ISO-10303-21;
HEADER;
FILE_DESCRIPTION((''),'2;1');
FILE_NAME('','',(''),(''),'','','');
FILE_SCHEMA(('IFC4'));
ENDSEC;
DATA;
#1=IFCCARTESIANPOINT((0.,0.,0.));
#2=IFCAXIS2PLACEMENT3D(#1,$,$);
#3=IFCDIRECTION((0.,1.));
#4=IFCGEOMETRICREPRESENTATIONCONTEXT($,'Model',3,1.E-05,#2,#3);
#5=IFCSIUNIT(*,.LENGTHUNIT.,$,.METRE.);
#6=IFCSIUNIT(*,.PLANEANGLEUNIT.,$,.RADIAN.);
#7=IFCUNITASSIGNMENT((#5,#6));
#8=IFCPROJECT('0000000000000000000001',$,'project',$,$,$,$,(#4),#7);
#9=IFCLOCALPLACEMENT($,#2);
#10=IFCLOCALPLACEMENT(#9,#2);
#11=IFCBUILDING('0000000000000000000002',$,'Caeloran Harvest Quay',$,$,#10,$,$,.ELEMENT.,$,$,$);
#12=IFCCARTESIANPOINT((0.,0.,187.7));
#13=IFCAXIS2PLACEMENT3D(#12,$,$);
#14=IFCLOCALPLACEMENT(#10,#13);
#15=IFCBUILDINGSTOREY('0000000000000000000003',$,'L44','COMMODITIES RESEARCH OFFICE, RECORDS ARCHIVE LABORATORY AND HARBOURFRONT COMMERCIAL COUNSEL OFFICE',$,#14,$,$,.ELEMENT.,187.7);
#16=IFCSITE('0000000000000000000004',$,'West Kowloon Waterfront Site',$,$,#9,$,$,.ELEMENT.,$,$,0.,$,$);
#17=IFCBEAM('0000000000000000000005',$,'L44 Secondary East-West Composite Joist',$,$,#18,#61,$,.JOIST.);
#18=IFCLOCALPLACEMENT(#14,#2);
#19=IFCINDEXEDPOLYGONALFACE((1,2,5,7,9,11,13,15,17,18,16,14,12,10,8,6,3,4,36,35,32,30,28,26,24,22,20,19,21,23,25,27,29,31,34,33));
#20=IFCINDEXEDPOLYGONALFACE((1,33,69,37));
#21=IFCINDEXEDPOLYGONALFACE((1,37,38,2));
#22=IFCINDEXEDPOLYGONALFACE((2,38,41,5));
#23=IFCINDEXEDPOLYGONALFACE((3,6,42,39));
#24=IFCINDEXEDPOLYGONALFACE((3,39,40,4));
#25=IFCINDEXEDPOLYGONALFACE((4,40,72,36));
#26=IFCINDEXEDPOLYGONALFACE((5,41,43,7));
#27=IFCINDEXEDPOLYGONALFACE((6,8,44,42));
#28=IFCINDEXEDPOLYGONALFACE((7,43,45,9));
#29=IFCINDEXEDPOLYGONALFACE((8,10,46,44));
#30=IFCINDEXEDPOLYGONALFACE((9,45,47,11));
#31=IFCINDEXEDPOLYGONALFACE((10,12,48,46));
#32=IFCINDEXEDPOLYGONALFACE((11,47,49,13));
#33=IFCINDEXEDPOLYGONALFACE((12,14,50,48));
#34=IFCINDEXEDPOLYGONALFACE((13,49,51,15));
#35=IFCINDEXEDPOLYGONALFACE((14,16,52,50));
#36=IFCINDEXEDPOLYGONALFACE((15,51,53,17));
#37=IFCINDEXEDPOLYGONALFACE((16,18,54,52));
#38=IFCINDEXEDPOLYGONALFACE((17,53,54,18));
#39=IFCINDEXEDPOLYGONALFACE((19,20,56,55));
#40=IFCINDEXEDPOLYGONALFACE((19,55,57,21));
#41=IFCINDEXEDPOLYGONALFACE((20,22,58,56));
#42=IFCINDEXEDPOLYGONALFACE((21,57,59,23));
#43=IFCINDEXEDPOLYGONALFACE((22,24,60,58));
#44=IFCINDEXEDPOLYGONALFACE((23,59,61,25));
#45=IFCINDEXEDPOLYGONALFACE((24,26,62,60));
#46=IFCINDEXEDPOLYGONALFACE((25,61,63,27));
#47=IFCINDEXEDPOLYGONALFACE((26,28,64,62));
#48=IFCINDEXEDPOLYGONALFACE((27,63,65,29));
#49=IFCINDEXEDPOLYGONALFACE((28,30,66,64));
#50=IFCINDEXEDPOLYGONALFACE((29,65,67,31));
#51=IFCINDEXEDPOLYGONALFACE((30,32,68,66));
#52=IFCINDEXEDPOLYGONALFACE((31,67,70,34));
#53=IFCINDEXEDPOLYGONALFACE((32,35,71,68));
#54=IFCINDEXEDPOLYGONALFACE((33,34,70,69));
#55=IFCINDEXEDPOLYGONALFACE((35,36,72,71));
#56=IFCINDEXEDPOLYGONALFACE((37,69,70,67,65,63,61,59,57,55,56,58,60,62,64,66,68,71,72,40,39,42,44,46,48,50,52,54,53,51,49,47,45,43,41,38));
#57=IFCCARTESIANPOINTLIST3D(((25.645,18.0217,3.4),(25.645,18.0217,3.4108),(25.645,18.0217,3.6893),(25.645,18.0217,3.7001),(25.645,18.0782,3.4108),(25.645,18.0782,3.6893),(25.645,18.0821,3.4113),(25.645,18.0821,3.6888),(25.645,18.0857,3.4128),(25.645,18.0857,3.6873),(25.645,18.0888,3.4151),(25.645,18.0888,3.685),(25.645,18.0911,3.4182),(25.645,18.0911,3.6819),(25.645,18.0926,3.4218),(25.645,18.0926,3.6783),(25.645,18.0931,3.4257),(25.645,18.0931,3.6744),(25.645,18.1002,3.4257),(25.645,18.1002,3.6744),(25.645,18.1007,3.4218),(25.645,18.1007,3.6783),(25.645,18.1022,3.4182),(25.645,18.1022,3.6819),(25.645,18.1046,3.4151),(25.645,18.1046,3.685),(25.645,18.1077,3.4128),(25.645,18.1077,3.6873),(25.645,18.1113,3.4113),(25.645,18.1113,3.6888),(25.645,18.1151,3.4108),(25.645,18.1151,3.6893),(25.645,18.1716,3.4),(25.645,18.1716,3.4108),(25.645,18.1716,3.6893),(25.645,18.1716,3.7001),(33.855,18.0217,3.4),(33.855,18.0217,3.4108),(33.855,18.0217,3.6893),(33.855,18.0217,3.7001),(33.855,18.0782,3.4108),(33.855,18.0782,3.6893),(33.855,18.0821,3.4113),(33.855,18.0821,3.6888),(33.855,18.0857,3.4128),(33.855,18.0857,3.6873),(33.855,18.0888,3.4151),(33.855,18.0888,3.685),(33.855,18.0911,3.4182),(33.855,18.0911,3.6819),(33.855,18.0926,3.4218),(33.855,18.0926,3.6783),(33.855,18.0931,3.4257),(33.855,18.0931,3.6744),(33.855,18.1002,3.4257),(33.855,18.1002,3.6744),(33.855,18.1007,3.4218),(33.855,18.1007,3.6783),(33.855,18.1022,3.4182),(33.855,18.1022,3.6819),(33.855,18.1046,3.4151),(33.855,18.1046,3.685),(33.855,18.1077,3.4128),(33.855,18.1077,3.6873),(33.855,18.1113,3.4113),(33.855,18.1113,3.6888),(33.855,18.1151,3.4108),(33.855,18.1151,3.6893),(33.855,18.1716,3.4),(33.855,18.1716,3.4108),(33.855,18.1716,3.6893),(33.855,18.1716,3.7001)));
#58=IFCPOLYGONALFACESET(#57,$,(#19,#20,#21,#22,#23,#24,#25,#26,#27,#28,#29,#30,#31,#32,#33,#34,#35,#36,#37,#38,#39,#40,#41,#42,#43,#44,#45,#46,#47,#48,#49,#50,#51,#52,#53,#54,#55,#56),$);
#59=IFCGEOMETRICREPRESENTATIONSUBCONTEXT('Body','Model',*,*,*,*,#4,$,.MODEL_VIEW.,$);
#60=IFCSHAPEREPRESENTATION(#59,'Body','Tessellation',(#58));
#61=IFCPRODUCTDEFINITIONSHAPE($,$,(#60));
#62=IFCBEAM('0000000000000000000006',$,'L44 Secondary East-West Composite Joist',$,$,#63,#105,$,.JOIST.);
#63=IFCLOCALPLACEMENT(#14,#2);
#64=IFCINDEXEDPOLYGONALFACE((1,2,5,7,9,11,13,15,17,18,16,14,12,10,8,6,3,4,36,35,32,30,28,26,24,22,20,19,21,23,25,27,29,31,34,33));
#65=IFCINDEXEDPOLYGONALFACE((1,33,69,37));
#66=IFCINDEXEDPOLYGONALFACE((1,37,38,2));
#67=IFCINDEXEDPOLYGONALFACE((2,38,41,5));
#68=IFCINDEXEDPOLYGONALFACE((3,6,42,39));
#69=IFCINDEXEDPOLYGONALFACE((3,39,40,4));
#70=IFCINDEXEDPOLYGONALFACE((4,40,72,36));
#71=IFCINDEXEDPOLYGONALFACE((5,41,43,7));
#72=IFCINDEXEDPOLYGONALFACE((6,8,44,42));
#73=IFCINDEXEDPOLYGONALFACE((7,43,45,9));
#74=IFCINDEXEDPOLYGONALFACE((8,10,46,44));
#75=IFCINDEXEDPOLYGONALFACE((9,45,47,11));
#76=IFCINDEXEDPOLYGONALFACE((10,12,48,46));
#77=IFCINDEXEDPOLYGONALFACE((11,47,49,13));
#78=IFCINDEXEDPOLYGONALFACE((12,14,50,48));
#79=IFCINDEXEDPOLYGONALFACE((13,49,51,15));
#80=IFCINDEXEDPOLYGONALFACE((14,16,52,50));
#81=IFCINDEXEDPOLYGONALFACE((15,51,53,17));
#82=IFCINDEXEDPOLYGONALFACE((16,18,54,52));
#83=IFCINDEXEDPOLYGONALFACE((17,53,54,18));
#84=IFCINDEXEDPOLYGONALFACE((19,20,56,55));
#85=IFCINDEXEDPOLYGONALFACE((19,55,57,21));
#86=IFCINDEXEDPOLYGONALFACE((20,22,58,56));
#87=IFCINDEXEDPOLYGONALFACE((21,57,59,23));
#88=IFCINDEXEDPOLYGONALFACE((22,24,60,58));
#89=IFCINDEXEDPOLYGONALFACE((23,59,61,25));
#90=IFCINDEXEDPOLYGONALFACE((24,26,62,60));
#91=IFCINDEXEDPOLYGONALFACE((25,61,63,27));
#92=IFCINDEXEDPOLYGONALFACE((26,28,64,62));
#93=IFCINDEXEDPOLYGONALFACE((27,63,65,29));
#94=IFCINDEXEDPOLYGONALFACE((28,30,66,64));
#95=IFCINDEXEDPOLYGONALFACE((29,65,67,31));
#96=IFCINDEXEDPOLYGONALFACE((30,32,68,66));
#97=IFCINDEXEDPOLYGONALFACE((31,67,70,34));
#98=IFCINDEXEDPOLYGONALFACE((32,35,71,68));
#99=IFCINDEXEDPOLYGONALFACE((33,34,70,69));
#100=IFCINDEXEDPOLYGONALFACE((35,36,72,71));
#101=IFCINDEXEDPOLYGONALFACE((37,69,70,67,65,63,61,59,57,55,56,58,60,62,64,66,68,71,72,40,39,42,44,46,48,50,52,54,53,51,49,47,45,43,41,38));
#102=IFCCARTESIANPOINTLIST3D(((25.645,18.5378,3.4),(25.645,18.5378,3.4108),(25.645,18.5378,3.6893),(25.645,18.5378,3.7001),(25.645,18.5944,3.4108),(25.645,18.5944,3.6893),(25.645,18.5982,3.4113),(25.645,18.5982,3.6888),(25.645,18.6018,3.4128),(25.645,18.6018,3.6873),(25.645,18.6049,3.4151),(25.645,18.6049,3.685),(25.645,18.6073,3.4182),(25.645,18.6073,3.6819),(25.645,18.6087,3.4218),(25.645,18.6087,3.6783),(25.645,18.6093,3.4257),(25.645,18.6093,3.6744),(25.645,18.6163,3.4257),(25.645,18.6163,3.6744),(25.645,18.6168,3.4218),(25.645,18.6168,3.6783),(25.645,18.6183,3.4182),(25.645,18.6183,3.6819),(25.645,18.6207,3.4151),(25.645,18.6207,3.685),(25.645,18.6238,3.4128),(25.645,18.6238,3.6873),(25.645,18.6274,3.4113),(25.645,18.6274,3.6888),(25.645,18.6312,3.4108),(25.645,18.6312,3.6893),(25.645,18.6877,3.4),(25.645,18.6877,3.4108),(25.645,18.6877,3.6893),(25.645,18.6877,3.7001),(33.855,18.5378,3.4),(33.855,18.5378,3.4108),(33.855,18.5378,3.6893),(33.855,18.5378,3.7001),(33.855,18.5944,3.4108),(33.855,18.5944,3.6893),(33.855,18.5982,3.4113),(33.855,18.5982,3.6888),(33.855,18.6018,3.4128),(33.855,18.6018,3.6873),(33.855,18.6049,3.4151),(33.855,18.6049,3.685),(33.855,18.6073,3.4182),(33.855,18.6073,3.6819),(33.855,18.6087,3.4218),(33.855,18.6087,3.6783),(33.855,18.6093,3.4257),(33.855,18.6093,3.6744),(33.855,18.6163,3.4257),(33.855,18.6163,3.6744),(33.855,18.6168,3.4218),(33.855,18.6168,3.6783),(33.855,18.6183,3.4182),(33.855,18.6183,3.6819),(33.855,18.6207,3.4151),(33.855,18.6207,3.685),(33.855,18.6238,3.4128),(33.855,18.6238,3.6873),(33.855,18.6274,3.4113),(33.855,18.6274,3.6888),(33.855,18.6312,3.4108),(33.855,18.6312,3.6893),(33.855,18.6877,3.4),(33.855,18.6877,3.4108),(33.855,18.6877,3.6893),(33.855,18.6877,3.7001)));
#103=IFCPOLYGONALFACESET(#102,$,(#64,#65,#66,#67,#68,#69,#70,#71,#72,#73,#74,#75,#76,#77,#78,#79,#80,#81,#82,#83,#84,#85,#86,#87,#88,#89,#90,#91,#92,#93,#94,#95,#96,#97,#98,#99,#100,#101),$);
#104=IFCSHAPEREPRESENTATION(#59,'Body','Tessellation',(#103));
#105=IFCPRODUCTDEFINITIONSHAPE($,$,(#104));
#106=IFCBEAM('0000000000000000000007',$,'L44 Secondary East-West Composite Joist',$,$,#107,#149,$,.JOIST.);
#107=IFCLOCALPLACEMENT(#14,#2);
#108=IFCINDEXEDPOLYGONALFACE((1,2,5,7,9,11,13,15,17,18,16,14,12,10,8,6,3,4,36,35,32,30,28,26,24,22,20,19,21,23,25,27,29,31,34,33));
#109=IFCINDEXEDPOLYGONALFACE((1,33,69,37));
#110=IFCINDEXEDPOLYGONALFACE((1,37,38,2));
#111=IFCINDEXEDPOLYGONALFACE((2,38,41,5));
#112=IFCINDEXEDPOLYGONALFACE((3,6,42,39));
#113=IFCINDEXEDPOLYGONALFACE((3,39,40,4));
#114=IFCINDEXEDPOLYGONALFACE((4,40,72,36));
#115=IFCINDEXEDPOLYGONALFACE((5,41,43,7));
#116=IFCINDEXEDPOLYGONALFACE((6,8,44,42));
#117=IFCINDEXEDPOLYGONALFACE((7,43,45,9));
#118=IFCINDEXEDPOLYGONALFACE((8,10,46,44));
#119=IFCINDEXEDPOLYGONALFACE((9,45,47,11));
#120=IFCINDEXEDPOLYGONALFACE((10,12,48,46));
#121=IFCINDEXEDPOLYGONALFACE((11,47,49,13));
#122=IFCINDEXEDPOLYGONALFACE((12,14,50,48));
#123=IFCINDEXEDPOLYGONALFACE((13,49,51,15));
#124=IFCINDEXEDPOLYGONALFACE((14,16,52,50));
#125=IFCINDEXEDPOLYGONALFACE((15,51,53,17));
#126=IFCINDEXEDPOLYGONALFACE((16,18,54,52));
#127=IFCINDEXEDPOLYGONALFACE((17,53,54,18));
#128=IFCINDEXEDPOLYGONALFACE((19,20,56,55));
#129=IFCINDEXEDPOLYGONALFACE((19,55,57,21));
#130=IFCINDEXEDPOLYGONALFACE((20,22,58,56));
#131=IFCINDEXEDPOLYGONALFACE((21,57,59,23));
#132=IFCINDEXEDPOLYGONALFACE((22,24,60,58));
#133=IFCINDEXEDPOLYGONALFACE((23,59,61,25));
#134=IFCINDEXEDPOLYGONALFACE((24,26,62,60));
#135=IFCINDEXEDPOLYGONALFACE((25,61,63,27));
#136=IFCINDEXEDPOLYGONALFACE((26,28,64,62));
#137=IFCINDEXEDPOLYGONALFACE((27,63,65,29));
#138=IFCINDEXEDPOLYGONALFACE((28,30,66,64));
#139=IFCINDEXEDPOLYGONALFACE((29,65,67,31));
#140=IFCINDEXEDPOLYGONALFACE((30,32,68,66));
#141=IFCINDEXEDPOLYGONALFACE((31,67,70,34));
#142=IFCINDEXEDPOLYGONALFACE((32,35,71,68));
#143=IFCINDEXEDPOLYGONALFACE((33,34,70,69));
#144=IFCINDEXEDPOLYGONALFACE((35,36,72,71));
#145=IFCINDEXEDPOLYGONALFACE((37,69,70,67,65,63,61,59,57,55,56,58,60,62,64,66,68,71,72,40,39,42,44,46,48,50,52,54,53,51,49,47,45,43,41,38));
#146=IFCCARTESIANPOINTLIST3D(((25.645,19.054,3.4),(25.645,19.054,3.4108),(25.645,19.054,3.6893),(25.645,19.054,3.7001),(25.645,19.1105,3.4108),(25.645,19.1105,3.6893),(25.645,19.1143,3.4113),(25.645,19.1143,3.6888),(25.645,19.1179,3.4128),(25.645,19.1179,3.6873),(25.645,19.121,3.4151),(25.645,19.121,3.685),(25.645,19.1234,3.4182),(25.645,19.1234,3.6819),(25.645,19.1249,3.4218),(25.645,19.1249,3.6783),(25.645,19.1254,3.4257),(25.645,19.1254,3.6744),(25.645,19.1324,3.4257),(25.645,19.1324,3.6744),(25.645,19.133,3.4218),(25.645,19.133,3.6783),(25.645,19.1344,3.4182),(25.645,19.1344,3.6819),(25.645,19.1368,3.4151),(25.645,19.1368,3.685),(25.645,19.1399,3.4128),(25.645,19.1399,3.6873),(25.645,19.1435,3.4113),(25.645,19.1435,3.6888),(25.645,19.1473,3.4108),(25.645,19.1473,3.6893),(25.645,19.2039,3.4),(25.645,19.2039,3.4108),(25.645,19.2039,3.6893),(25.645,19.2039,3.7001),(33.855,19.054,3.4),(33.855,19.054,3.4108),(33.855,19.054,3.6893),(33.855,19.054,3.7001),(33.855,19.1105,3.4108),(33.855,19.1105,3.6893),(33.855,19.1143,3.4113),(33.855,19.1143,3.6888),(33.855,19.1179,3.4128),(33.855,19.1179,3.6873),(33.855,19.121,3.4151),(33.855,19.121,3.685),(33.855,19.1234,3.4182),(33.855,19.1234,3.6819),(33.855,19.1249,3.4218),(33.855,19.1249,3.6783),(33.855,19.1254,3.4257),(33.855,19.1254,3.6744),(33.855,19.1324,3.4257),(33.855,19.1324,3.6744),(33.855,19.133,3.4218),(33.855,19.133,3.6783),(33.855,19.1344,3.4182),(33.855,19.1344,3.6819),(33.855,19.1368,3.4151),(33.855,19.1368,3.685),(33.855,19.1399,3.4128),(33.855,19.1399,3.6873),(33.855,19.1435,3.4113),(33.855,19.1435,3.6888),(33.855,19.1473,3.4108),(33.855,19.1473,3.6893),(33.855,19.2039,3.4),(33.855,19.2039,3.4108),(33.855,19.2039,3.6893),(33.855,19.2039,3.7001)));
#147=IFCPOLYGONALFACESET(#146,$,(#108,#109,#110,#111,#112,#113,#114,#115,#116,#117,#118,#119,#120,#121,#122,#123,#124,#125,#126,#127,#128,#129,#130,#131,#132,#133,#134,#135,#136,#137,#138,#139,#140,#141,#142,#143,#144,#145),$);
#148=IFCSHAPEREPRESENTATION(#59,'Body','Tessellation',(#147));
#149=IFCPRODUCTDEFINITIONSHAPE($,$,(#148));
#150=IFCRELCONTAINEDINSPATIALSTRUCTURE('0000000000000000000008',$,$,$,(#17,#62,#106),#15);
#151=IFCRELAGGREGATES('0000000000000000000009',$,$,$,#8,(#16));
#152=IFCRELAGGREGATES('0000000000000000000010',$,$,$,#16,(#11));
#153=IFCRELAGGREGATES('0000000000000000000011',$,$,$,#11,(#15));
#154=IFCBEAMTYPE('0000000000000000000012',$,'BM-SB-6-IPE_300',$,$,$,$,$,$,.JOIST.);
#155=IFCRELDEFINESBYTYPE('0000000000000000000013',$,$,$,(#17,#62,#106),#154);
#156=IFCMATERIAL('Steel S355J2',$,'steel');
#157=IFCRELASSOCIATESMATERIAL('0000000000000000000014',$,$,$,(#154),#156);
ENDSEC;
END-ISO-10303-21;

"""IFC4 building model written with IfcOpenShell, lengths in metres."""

from ifc_helpers import new_model, si_unit, direction, frame, origin, origin_2d, place, context, subcontext, project, spatial, i_section, extrude, material, material_profile, profile_set, type_object, element, save


model = new_model("IFC4")

# Units and contexts
model_context = context("Model", 3, precision=1e-05, world=origin(), true_north=direction((0.0, 1.0)))
body_context = subcontext(model_context, "Body", "Model", "MODEL_VIEW")
ifc_project = project(units=[si_unit("LENGTHUNIT", "METRE"), si_unit("PLANEANGLEUNIT", "RADIAN")], contexts=[model_context])

# Site, building, storey
site_placement = place(None, origin())
site = spatial("IfcSite", under=ifc_project, at=site_placement, Name="West Kowloon Waterfront Site", CompositionType="ELEMENT", RefElevation=0.0)
building_placement = place(site_placement, origin())
building = spatial("IfcBuilding", under=site, at=building_placement, Name="Caeloran Harvest Quay", CompositionType="ELEMENT")
storey_placement = place(building_placement, frame((0.0, 0.0, 187.7)))
storey = spatial("IfcBuildingStorey", under=building, at=storey_placement, Name="L44", Description="COMMODITIES RESEARCH OFFICE, RECORDS ARCHIVE LABORATORY AND HARBOURFRONT COMMERCIAL COUNSEL OFFICE", CompositionType="ELEMENT", Elevation=187.7)

# Beams
ifc_material_1 = material(Name="Steel S355J2", Category="steel")
ifc_material_profile_1 = material_profile(ifc_material_1, i_section(OverallWidth=0.1499, OverallDepth=0.3, WebThickness=0.0071, FlangeThickness=0.0107, FilletRadius=0.0149, at=origin_2d()), Name="IPE 300")
ifc_profile_set_1 = profile_set([ifc_material_profile_1], Name="Steel S355J2")
beam_type_1 = type_object("IfcBeamType", Name="BM-SB-6-IPE_300", PredefinedType="JOIST", material=ifc_profile_set_1)
for number, where, z_axis, x_axis, name in (
    (1, (25.645, 18.0967, 3.55), (1.0, 0.0, 0.0), (0.0, 1.0, 0.0), "L44 Secondary East-West Composite Joist"),
    (2, (25.645, 18.6128, 3.55), (1.0, 0.0, 0.0), (0.0, 1.0, 0.0), "L44 Secondary East-West Composite Joist"),
    (3, (25.645, 19.1289, 3.55), (1.0, 0.0, 0.0), (0.0, 1.0, 0.0), "L44 Secondary East-West Composite Joist"),
):
    element("IfcBeam", number, at=place(storey_placement, frame(where, z_axis=z_axis, x_axis=x_axis)), inside=storey, type_object=beam_type_1, Name=name, PredefinedType="JOIST", context=body_context, shape_type="SweptSolid", body=[
        extrude(i_section(OverallWidth=0.1499, OverallDepth=0.3, WebThickness=0.0071, FlangeThickness=0.0107, FilletRadius=0.0149, at=origin_2d()), origin(), (0.0, 0.0, 1.0), 8.21),
    ])

save(model, "model.ifc")
